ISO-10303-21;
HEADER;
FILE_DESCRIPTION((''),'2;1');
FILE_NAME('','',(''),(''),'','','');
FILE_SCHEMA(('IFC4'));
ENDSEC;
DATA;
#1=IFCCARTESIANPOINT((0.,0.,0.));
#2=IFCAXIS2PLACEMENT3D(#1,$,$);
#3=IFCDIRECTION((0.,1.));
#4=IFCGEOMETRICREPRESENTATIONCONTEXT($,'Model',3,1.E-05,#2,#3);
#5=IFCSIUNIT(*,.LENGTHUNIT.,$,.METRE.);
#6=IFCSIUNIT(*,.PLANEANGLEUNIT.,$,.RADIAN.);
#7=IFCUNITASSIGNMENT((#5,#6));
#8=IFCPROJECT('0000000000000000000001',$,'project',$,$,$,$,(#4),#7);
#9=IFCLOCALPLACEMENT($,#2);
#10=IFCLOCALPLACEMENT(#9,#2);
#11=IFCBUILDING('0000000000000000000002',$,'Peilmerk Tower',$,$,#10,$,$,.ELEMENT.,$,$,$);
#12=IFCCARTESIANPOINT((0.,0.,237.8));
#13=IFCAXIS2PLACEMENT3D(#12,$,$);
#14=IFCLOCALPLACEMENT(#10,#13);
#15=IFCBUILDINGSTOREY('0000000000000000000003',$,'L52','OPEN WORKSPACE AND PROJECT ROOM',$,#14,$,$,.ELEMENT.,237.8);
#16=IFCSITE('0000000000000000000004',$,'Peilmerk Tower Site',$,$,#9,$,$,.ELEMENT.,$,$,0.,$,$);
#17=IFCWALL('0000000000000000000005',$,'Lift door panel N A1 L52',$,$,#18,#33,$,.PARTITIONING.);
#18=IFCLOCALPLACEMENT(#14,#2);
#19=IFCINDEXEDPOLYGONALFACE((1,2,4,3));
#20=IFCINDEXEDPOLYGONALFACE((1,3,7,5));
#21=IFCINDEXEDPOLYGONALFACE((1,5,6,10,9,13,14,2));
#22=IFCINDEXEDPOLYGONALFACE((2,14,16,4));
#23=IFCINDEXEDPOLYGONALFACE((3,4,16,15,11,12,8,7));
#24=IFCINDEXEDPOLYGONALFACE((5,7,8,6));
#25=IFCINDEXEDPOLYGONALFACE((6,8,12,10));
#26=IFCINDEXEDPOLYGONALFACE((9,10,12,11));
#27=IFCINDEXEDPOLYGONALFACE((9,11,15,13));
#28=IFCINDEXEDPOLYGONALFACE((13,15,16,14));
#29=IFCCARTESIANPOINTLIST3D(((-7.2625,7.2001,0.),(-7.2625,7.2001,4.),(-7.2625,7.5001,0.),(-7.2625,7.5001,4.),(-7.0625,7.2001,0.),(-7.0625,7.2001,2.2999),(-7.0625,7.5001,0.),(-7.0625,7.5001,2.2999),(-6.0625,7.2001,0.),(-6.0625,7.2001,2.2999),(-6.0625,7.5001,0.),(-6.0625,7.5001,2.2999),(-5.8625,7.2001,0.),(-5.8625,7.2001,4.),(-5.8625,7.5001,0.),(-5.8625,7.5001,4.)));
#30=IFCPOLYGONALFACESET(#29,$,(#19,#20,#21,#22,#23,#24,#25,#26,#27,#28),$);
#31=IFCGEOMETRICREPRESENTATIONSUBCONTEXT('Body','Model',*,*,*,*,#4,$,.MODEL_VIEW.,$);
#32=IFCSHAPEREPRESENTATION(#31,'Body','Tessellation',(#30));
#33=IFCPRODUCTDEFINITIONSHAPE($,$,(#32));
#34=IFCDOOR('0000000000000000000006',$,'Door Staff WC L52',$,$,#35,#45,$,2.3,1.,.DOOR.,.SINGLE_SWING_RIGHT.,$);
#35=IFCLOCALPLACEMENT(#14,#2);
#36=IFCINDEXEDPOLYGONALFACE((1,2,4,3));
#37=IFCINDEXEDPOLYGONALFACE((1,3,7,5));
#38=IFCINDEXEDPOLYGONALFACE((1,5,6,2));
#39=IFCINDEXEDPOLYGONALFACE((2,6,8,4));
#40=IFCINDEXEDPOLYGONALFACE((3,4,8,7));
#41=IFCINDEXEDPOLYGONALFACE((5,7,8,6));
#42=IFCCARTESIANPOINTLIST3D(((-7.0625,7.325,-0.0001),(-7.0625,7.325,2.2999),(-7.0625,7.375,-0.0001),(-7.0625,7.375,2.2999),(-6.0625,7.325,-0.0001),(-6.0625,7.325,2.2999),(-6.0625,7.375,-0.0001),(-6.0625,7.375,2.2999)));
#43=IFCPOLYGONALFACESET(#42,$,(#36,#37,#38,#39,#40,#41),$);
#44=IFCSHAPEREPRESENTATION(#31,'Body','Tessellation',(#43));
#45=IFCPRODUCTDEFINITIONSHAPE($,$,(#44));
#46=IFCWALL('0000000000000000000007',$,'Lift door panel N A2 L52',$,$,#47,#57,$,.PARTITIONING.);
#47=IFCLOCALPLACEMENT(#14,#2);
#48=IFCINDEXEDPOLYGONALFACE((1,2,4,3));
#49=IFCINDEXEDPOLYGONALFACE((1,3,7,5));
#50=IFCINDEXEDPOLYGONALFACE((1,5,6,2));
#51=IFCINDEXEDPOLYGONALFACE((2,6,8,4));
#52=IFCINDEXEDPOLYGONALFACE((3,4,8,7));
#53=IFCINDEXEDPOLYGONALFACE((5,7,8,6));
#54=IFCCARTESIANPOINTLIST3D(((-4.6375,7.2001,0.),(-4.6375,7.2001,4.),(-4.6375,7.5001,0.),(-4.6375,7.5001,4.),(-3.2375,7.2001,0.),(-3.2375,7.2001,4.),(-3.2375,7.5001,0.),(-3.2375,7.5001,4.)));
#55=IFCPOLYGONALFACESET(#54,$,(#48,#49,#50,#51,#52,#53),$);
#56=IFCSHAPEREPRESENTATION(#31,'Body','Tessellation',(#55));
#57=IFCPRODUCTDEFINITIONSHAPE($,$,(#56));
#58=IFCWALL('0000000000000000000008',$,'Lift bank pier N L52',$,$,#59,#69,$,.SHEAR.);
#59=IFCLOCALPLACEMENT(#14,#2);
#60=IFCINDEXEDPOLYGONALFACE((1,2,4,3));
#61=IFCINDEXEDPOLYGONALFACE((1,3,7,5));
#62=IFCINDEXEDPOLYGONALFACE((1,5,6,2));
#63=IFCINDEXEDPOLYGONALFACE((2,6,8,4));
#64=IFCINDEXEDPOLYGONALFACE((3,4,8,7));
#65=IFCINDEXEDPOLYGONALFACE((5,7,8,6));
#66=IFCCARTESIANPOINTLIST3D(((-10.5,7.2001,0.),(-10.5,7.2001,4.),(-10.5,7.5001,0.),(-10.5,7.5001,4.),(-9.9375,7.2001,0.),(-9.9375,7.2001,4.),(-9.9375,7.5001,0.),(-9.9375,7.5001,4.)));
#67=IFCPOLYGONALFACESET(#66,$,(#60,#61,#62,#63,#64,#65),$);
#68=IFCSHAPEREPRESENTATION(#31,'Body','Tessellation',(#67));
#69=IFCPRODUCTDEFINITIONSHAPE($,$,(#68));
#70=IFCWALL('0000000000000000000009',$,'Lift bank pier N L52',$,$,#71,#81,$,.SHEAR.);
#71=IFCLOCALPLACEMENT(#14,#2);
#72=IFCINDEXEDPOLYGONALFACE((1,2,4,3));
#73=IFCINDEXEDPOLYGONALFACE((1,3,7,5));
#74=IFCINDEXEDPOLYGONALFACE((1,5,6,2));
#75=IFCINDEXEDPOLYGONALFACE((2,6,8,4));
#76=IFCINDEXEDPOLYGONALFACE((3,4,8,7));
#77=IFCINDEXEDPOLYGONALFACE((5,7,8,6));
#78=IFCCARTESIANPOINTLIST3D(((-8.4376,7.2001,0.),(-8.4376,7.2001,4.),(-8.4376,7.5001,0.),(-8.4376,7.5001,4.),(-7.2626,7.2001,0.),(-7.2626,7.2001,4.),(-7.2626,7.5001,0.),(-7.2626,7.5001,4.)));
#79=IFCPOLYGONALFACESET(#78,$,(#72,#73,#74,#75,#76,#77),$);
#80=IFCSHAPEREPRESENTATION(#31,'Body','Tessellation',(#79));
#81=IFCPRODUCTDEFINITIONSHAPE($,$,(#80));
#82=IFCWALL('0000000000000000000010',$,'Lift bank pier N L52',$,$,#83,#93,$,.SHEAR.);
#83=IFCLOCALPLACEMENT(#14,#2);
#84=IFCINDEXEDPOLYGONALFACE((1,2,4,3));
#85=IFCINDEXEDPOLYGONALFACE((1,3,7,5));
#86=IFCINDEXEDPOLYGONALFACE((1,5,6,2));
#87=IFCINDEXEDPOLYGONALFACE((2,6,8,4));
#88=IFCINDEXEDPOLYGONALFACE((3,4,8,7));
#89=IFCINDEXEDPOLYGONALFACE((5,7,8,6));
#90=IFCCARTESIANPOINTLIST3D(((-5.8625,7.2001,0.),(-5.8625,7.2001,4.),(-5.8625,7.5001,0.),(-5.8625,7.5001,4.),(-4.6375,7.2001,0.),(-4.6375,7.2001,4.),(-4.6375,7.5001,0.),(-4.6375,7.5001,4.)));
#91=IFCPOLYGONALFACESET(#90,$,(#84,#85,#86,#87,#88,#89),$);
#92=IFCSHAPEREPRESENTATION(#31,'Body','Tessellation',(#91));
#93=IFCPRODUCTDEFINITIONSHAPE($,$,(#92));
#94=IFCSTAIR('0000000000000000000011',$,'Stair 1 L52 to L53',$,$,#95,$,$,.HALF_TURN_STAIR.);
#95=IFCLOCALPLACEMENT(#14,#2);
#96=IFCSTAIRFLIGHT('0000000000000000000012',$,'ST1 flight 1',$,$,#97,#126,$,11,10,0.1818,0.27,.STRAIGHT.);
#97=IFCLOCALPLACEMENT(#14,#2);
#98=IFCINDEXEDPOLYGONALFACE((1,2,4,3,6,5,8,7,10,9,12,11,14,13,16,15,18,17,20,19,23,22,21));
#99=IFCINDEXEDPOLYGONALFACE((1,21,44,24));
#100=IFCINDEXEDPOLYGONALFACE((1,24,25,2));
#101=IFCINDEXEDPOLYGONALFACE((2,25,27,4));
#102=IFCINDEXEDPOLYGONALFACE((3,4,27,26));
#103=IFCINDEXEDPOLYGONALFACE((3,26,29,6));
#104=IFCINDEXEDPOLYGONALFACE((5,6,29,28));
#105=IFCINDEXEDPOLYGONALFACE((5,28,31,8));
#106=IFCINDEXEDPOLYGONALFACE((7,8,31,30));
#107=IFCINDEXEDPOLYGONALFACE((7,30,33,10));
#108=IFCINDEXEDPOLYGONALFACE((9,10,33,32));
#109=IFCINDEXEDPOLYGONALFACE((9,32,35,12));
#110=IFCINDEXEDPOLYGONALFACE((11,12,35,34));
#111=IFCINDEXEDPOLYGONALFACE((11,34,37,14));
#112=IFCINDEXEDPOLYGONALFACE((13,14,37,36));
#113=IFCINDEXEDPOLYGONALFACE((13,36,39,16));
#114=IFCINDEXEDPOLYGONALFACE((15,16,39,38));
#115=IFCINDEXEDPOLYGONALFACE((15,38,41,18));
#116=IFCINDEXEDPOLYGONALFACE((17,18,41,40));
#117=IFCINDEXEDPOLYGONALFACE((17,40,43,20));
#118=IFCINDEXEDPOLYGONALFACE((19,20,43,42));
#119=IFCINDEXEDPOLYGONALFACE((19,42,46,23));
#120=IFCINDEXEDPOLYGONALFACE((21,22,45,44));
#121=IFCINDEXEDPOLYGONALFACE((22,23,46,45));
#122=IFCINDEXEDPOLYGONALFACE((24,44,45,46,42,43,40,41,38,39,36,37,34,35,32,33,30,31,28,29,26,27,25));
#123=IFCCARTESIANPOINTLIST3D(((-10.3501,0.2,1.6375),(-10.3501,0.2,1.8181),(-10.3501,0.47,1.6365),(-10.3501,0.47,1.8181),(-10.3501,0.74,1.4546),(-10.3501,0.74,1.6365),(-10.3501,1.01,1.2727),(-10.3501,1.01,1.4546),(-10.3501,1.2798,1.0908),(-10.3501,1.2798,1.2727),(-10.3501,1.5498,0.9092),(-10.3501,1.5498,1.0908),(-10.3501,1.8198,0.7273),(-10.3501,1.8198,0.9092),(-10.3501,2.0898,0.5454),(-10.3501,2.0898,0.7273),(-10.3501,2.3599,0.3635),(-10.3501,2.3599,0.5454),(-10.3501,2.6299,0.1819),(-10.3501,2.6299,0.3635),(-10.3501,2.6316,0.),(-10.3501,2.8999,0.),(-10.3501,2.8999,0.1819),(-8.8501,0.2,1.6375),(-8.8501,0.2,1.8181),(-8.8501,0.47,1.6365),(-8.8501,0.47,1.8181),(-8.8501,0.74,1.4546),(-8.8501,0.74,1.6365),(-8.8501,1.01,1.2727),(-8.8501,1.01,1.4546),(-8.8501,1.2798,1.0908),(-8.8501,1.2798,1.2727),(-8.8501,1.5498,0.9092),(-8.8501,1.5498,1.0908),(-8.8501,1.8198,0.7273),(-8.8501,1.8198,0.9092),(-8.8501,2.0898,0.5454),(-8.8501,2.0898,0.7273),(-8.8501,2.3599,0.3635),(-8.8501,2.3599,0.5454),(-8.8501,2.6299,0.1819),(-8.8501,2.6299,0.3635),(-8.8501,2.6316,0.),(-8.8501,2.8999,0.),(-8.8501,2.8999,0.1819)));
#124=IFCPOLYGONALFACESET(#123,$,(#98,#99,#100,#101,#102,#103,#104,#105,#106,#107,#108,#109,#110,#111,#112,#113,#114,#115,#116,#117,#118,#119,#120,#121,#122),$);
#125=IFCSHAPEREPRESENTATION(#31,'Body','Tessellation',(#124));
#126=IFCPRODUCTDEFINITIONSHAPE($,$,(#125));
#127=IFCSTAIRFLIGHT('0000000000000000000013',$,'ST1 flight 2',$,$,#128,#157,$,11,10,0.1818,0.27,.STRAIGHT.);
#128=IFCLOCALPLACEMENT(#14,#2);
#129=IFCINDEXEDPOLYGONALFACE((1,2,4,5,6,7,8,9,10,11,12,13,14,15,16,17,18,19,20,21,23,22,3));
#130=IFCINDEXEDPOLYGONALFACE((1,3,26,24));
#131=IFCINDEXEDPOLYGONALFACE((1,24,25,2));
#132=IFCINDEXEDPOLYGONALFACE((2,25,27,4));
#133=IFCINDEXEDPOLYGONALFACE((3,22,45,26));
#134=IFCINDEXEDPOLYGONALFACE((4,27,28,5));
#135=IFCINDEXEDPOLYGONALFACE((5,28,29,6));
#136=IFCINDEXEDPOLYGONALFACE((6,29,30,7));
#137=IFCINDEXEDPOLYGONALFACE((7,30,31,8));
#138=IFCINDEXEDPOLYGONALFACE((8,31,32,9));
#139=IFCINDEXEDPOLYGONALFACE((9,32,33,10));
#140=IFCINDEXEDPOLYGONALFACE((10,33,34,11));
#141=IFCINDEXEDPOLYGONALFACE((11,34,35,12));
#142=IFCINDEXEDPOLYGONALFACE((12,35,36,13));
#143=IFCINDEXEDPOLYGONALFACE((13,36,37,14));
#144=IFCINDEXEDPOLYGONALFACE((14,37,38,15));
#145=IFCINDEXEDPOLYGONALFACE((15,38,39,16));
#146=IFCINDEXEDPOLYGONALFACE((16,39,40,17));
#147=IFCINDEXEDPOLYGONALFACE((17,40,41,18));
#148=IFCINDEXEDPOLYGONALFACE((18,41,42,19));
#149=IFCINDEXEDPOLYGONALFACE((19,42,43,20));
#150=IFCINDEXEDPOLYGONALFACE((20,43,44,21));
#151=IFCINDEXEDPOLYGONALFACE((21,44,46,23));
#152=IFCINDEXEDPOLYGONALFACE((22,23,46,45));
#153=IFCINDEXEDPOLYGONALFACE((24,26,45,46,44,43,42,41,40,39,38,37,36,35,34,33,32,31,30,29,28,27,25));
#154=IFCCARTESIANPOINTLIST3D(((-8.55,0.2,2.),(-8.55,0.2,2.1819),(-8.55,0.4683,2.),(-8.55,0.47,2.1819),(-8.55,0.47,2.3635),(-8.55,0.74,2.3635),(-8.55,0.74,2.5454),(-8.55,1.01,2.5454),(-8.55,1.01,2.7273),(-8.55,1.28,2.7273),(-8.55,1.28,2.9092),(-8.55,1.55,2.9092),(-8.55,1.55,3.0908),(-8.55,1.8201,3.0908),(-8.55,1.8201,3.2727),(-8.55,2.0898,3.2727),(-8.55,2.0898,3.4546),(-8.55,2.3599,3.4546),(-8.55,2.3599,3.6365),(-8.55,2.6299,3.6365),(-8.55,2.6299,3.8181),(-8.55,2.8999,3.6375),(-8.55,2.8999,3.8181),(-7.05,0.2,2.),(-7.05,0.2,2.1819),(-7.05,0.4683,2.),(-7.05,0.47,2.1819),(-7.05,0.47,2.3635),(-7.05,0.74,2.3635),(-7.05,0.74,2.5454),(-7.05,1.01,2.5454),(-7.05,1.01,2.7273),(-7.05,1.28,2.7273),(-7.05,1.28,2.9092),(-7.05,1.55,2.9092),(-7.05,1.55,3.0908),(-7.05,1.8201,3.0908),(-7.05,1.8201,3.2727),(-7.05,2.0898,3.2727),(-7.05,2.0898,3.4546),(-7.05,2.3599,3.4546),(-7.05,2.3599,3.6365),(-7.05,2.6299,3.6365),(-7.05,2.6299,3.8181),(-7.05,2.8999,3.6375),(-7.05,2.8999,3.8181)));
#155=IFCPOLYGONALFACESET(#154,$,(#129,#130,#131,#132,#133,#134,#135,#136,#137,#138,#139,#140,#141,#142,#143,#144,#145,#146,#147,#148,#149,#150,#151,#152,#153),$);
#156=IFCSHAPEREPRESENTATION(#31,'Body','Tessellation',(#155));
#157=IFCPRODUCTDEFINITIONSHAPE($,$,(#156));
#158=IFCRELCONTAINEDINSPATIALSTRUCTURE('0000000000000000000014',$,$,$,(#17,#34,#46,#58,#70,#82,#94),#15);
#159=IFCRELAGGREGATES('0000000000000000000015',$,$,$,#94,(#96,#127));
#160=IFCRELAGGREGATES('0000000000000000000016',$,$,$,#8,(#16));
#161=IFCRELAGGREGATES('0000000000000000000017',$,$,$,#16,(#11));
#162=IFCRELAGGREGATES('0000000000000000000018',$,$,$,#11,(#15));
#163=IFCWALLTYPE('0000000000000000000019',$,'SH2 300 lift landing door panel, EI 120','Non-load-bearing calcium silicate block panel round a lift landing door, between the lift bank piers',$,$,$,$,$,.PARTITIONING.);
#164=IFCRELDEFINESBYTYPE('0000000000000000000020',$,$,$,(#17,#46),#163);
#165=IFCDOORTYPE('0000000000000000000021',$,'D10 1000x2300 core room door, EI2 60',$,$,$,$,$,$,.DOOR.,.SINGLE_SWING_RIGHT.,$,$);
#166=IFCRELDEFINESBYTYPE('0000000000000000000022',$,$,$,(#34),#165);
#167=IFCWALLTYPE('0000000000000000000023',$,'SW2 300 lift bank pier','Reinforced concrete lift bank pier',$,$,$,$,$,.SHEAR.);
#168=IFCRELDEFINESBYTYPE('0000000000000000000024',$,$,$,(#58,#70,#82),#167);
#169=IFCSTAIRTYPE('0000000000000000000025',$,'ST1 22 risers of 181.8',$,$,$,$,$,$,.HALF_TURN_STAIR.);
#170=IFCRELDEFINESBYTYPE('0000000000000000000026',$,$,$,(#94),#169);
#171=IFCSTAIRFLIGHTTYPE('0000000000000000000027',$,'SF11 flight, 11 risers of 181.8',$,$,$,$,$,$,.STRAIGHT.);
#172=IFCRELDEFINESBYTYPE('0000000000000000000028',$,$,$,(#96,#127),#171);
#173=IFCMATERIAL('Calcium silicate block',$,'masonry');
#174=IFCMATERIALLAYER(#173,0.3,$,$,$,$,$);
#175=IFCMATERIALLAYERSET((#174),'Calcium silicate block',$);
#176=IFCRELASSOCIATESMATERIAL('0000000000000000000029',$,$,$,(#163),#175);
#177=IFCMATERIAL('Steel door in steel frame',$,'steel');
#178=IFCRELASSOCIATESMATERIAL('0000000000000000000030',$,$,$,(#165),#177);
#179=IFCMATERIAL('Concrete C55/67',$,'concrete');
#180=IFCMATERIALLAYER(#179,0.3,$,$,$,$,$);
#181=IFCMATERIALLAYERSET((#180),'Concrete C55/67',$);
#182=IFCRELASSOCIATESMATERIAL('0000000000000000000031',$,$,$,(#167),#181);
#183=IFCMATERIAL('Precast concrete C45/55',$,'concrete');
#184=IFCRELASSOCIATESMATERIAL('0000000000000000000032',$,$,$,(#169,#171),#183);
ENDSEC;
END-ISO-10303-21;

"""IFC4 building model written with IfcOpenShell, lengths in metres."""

from ifc_helpers import new_model, si_unit, direction, frame, frame_2d, origin, place, context, subcontext, project, spatial, polyline, rectangle, outline, extrude, material, layer, layer_set, type_object, element, fill, aggregate, save


model = new_model("IFC4")

# Units and contexts
model_context = context("Model", 3, precision=1e-05, world=origin(), true_north=direction((0.0, 1.0)))
body_context = subcontext(model_context, "Body", "Model", "MODEL_VIEW")
ifc_project = project(units=[si_unit("LENGTHUNIT", "METRE"), si_unit("PLANEANGLEUNIT", "RADIAN")], contexts=[model_context])

# Site, building, storey
site_placement = place(None, origin())
site = spatial("IfcSite", under=ifc_project, at=site_placement, Name="Peilmerk Tower Site", CompositionType="ELEMENT", RefElevation=0.0)
building_placement = place(site_placement, origin())
building = spatial("IfcBuilding", under=site, at=building_placement, Name="Peilmerk Tower", CompositionType="ELEMENT")
storey_placement = place(building_placement, frame((0.0, 0.0, 237.8)))
storey = spatial("IfcBuildingStorey", under=building, at=storey_placement, Name="L52", Description="OPEN WORKSPACE AND PROJECT ROOM", CompositionType="ELEMENT", Elevation=237.8)

# Shared definitions
ifc_material_1 = material(Name="Concrete C55/67", Category="concrete")

# Shared definitions
ifc_material_2 = material(Name="Steel door in steel frame", Category="steel")

# Wall, opening, door
ifc_material_3 = material(Name="Calcium silicate block", Category="masonry")
ifc_layer_1 = layer(ifc_material_3, 0.3)
ifc_layer_set_1 = layer_set([ifc_layer_1], Name="Calcium silicate block")
wall_type_1 = type_object("IfcWallType", Name="SH2 300 lift landing door panel, EI 120", Description="Non-load-bearing calcium silicate block panel round a lift landing door, between the lift bank piers", PredefinedType="PARTITIONING", material=ifc_layer_set_1)
wall_1_placement = place(storey_placement, frame((-7.2625, 7.3501, 0.0), z_axis=(0.0, 0.0, 1.0), x_axis=(1.0, 0.0, 0.0)))
wall_1 = element("IfcWall", 1, at=wall_1_placement, inside=storey, type_object=wall_type_1, Name="Lift door panel N A1 L52", PredefinedType="PARTITIONING", context=body_context, shape_type="SweptSolid", body=[
    extrude(rectangle(XDim=1.3999, YDim=0.3, at=frame_2d((0.7, 0.0))), origin(), (0.0, 0.0, 1.0), 4.0),
])
opening_1_placement = place(wall_1_placement, frame((0.2, 0.0, 0.0)))
opening_1 = element("IfcOpeningElement", 2, at=opening_1_placement, cuts=wall_1, PredefinedType="OPENING", context=body_context, shape_type="SweptSolid", body=[
    extrude(rectangle(XDim=1.0, YDim=2.3, at=frame_2d((0.5, 1.1499))), frame((0.0, 0.1599, 0.0), z_axis=(0.0, -1.0, 0.0), x_axis=(1.0, 0.0, 0.0)), (0.0, 0.0, 1.0), 0.3201),
])
door_type_1 = type_object("IfcDoorType", Name="D10 1000x2300 core room door, EI2 60", OperationType="SINGLE_SWING_RIGHT", PredefinedType="DOOR", material=ifc_material_2)
door_1_placement = place(opening_1_placement, origin())
door_1 = element("IfcDoor", 3, at=door_1_placement, inside=storey, type_object=door_type_1, Name="Door Staff WC L52", OperationType="SINGLE_SWING_RIGHT", OverallHeight=2.3, OverallWidth=1.0, PredefinedType="DOOR", context=body_context, shape_type="SweptSolid", body=[
    extrude(rectangle(XDim=1.0, YDim=2.3, at=frame_2d((0.5, 1.1499))), frame((0.0, 0.0249, 0.0), z_axis=(0.0, -1.0, 0.0), x_axis=(1.0, 0.0, 0.0)), (0.0, 0.0, 1.0), 0.05),
])
fill(opening_1, door_1)

# Walls
wall_2_placement = place(storey_placement, frame((-4.6375, 7.3501, 0.0), z_axis=(0.0, 0.0, 1.0), x_axis=(1.0, 0.0, 0.0)))
element("IfcWall", 4, at=wall_2_placement, inside=storey, type_object=wall_type_1, Name="Lift door panel N A2 L52", PredefinedType="PARTITIONING", context=body_context, shape_type="SweptSolid", body=[
    extrude(rectangle(XDim=1.3999, YDim=0.3, at=frame_2d((0.7, 0.0))), origin(), (0.0, 0.0, 1.0), 4.0),
])
ifc_layer_2 = layer(ifc_material_1, 0.3)
ifc_layer_set_2 = layer_set([ifc_layer_2], Name="Concrete C55/67")
wall_type_2 = type_object("IfcWallType", Name="SW2 300 lift bank pier", Description="Reinforced concrete lift bank pier", PredefinedType="SHEAR", material=ifc_layer_set_2)
wall_3_placement = place(storey_placement, frame((-10.5, 7.3501, 0.0), z_axis=(0.0, 0.0, 1.0), x_axis=(1.0, 0.0, 0.0)))
element("IfcWall", 5, at=wall_3_placement, inside=storey, type_object=wall_type_2, Name="Lift bank pier N L52", PredefinedType="SHEAR", context=body_context, shape_type="SweptSolid", body=[
    extrude(rectangle(XDim=0.5625, YDim=0.3, at=frame_2d((0.2812, 0.0))), origin(), (0.0, 0.0, 1.0), 4.0),
])
wall_4_placement = place(storey_placement, frame((-8.4375, 7.3501, 0.0), z_axis=(0.0, 0.0, 1.0), x_axis=(1.0, 0.0, 0.0)))
element("IfcWall", 6, at=wall_4_placement, inside=storey, type_object=wall_type_2, Name="Lift bank pier N L52", PredefinedType="SHEAR", context=body_context, shape_type="SweptSolid", body=[
    extrude(rectangle(XDim=1.175, YDim=0.3, at=frame_2d((0.5874, 0.0))), origin(), (0.0, 0.0, 1.0), 4.0),
])
wall_5_placement = place(storey_placement, frame((-5.8625, 7.3501, 0.0), z_axis=(0.0, 0.0, 1.0), x_axis=(1.0, 0.0, 0.0)))
element("IfcWall", 7, at=wall_5_placement, inside=storey, type_object=wall_type_2, Name="Lift bank pier N L52", PredefinedType="SHEAR", context=body_context, shape_type="SweptSolid", body=[
    extrude(rectangle(XDim=1.2251, YDim=0.3, at=frame_2d((0.6125, 0.0))), origin(), (0.0, 0.0, 1.0), 4.0),
])

# Stair, stair flights
ifc_material_4 = material(Name="Precast concrete C45/55", Category="concrete")
stair_type = type_object("IfcStairType", Name="ST1 22 risers of 181.8", PredefinedType="HALF_TURN_STAIR", material=ifc_material_4)
stair_placement = place(storey_placement, origin())
stair = element("IfcStair", 8, at=stair_placement, inside=storey, type_object=stair_type, Name="Stair 1 L52 to L53", PredefinedType="HALF_TURN_STAIR")
stair_flight_type = type_object("IfcStairFlightType", Name="SF11 flight, 11 risers of 181.8", PredefinedType="STRAIGHT", material=ifc_material_4)
stair_flight_1_placement = place(storey_placement, frame((-9.6001, 2.8999, 0.0), z_axis=(0.0, 0.0, 1.0), x_axis=(0.0, -1.0, 0.0)))
stair_flight_1 = element("IfcStairFlight", 9, at=stair_flight_1_placement, type_object=stair_flight_type, Name="ST1 flight 1", NumberOfRisers=11, NumberOfTreads=10, PredefinedType="STRAIGHT", RiserHeight=0.1818, TreadLength=0.27, context=body_context, shape_type="SweptSolid", body=[
    extrude(outline(polyline([(0.0, 0.0), (0.0, 0.1819), (0.27, 0.1819), (0.27, 0.3635), (0.54, 0.3635), (0.54, 0.5454), (0.8101, 0.5454), (0.8101, 0.7273), (1.0801, 0.7273), (1.0801, 0.9092), (1.3501, 0.9092), (1.3501, 1.0908), (1.6201, 1.0908), (1.6201, 1.2727), (1.8899, 1.2727), (1.8899, 1.4546), (2.1599, 1.4546), (2.1599, 1.6365), (2.4299, 1.6365), (2.4299, 1.8181), (2.7, 1.8181), (2.7, 2.0), (2.7, 1.6375), (0.2683, 0.0), (0.0, 0.0)])), frame((0.0, 0.75, 0.0), z_axis=(0.0, -1.0, 0.0), x_axis=(1.0, 0.0, 0.0)), (0.0, 0.0, 1.0), 1.5),
])
stair_flight_2_placement = place(storey_placement, frame((-7.8, 0.2, 2.0), z_axis=(0.0, 0.0, 1.0), x_axis=(0.0, 1.0, 0.0)))
stair_flight_2 = element("IfcStairFlight", 10, at=stair_flight_2_placement, type_object=stair_flight_type, Name="ST1 flight 2", NumberOfRisers=11, NumberOfTreads=10, PredefinedType="STRAIGHT", RiserHeight=0.1818, TreadLength=0.27, context=body_context, shape_type="SweptSolid", body=[
    extrude(outline(polyline([(0.0, 0.0), (0.0, 0.1819), (0.27, 0.1819), (0.27, 0.3635), (0.54, 0.3635), (0.54, 0.5454), (0.8101, 0.5454), (0.8101, 0.7273), (1.0801, 0.7273), (1.0801, 0.9092), (1.3501, 0.9092), (1.3501, 1.0908), (1.6201, 1.0908), (1.6201, 1.2727), (1.8899, 1.2727), (1.8899, 1.4546), (2.1599, 1.4546), (2.1599, 1.6365), (2.4299, 1.6365), (2.4299, 1.8181), (2.7, 1.8181), (2.7, 2.0), (2.7, 1.6375), (0.2683, 0.0), (0.0, 0.0)])), frame((0.0, 0.75, 0.0), z_axis=(0.0, -1.0, 0.0), x_axis=(1.0, 0.0, 0.0)), (0.0, 0.0, 1.0), 1.5),
])
aggregate(stair, [stair_flight_1, stair_flight_2])

save(model, "model.ifc")
